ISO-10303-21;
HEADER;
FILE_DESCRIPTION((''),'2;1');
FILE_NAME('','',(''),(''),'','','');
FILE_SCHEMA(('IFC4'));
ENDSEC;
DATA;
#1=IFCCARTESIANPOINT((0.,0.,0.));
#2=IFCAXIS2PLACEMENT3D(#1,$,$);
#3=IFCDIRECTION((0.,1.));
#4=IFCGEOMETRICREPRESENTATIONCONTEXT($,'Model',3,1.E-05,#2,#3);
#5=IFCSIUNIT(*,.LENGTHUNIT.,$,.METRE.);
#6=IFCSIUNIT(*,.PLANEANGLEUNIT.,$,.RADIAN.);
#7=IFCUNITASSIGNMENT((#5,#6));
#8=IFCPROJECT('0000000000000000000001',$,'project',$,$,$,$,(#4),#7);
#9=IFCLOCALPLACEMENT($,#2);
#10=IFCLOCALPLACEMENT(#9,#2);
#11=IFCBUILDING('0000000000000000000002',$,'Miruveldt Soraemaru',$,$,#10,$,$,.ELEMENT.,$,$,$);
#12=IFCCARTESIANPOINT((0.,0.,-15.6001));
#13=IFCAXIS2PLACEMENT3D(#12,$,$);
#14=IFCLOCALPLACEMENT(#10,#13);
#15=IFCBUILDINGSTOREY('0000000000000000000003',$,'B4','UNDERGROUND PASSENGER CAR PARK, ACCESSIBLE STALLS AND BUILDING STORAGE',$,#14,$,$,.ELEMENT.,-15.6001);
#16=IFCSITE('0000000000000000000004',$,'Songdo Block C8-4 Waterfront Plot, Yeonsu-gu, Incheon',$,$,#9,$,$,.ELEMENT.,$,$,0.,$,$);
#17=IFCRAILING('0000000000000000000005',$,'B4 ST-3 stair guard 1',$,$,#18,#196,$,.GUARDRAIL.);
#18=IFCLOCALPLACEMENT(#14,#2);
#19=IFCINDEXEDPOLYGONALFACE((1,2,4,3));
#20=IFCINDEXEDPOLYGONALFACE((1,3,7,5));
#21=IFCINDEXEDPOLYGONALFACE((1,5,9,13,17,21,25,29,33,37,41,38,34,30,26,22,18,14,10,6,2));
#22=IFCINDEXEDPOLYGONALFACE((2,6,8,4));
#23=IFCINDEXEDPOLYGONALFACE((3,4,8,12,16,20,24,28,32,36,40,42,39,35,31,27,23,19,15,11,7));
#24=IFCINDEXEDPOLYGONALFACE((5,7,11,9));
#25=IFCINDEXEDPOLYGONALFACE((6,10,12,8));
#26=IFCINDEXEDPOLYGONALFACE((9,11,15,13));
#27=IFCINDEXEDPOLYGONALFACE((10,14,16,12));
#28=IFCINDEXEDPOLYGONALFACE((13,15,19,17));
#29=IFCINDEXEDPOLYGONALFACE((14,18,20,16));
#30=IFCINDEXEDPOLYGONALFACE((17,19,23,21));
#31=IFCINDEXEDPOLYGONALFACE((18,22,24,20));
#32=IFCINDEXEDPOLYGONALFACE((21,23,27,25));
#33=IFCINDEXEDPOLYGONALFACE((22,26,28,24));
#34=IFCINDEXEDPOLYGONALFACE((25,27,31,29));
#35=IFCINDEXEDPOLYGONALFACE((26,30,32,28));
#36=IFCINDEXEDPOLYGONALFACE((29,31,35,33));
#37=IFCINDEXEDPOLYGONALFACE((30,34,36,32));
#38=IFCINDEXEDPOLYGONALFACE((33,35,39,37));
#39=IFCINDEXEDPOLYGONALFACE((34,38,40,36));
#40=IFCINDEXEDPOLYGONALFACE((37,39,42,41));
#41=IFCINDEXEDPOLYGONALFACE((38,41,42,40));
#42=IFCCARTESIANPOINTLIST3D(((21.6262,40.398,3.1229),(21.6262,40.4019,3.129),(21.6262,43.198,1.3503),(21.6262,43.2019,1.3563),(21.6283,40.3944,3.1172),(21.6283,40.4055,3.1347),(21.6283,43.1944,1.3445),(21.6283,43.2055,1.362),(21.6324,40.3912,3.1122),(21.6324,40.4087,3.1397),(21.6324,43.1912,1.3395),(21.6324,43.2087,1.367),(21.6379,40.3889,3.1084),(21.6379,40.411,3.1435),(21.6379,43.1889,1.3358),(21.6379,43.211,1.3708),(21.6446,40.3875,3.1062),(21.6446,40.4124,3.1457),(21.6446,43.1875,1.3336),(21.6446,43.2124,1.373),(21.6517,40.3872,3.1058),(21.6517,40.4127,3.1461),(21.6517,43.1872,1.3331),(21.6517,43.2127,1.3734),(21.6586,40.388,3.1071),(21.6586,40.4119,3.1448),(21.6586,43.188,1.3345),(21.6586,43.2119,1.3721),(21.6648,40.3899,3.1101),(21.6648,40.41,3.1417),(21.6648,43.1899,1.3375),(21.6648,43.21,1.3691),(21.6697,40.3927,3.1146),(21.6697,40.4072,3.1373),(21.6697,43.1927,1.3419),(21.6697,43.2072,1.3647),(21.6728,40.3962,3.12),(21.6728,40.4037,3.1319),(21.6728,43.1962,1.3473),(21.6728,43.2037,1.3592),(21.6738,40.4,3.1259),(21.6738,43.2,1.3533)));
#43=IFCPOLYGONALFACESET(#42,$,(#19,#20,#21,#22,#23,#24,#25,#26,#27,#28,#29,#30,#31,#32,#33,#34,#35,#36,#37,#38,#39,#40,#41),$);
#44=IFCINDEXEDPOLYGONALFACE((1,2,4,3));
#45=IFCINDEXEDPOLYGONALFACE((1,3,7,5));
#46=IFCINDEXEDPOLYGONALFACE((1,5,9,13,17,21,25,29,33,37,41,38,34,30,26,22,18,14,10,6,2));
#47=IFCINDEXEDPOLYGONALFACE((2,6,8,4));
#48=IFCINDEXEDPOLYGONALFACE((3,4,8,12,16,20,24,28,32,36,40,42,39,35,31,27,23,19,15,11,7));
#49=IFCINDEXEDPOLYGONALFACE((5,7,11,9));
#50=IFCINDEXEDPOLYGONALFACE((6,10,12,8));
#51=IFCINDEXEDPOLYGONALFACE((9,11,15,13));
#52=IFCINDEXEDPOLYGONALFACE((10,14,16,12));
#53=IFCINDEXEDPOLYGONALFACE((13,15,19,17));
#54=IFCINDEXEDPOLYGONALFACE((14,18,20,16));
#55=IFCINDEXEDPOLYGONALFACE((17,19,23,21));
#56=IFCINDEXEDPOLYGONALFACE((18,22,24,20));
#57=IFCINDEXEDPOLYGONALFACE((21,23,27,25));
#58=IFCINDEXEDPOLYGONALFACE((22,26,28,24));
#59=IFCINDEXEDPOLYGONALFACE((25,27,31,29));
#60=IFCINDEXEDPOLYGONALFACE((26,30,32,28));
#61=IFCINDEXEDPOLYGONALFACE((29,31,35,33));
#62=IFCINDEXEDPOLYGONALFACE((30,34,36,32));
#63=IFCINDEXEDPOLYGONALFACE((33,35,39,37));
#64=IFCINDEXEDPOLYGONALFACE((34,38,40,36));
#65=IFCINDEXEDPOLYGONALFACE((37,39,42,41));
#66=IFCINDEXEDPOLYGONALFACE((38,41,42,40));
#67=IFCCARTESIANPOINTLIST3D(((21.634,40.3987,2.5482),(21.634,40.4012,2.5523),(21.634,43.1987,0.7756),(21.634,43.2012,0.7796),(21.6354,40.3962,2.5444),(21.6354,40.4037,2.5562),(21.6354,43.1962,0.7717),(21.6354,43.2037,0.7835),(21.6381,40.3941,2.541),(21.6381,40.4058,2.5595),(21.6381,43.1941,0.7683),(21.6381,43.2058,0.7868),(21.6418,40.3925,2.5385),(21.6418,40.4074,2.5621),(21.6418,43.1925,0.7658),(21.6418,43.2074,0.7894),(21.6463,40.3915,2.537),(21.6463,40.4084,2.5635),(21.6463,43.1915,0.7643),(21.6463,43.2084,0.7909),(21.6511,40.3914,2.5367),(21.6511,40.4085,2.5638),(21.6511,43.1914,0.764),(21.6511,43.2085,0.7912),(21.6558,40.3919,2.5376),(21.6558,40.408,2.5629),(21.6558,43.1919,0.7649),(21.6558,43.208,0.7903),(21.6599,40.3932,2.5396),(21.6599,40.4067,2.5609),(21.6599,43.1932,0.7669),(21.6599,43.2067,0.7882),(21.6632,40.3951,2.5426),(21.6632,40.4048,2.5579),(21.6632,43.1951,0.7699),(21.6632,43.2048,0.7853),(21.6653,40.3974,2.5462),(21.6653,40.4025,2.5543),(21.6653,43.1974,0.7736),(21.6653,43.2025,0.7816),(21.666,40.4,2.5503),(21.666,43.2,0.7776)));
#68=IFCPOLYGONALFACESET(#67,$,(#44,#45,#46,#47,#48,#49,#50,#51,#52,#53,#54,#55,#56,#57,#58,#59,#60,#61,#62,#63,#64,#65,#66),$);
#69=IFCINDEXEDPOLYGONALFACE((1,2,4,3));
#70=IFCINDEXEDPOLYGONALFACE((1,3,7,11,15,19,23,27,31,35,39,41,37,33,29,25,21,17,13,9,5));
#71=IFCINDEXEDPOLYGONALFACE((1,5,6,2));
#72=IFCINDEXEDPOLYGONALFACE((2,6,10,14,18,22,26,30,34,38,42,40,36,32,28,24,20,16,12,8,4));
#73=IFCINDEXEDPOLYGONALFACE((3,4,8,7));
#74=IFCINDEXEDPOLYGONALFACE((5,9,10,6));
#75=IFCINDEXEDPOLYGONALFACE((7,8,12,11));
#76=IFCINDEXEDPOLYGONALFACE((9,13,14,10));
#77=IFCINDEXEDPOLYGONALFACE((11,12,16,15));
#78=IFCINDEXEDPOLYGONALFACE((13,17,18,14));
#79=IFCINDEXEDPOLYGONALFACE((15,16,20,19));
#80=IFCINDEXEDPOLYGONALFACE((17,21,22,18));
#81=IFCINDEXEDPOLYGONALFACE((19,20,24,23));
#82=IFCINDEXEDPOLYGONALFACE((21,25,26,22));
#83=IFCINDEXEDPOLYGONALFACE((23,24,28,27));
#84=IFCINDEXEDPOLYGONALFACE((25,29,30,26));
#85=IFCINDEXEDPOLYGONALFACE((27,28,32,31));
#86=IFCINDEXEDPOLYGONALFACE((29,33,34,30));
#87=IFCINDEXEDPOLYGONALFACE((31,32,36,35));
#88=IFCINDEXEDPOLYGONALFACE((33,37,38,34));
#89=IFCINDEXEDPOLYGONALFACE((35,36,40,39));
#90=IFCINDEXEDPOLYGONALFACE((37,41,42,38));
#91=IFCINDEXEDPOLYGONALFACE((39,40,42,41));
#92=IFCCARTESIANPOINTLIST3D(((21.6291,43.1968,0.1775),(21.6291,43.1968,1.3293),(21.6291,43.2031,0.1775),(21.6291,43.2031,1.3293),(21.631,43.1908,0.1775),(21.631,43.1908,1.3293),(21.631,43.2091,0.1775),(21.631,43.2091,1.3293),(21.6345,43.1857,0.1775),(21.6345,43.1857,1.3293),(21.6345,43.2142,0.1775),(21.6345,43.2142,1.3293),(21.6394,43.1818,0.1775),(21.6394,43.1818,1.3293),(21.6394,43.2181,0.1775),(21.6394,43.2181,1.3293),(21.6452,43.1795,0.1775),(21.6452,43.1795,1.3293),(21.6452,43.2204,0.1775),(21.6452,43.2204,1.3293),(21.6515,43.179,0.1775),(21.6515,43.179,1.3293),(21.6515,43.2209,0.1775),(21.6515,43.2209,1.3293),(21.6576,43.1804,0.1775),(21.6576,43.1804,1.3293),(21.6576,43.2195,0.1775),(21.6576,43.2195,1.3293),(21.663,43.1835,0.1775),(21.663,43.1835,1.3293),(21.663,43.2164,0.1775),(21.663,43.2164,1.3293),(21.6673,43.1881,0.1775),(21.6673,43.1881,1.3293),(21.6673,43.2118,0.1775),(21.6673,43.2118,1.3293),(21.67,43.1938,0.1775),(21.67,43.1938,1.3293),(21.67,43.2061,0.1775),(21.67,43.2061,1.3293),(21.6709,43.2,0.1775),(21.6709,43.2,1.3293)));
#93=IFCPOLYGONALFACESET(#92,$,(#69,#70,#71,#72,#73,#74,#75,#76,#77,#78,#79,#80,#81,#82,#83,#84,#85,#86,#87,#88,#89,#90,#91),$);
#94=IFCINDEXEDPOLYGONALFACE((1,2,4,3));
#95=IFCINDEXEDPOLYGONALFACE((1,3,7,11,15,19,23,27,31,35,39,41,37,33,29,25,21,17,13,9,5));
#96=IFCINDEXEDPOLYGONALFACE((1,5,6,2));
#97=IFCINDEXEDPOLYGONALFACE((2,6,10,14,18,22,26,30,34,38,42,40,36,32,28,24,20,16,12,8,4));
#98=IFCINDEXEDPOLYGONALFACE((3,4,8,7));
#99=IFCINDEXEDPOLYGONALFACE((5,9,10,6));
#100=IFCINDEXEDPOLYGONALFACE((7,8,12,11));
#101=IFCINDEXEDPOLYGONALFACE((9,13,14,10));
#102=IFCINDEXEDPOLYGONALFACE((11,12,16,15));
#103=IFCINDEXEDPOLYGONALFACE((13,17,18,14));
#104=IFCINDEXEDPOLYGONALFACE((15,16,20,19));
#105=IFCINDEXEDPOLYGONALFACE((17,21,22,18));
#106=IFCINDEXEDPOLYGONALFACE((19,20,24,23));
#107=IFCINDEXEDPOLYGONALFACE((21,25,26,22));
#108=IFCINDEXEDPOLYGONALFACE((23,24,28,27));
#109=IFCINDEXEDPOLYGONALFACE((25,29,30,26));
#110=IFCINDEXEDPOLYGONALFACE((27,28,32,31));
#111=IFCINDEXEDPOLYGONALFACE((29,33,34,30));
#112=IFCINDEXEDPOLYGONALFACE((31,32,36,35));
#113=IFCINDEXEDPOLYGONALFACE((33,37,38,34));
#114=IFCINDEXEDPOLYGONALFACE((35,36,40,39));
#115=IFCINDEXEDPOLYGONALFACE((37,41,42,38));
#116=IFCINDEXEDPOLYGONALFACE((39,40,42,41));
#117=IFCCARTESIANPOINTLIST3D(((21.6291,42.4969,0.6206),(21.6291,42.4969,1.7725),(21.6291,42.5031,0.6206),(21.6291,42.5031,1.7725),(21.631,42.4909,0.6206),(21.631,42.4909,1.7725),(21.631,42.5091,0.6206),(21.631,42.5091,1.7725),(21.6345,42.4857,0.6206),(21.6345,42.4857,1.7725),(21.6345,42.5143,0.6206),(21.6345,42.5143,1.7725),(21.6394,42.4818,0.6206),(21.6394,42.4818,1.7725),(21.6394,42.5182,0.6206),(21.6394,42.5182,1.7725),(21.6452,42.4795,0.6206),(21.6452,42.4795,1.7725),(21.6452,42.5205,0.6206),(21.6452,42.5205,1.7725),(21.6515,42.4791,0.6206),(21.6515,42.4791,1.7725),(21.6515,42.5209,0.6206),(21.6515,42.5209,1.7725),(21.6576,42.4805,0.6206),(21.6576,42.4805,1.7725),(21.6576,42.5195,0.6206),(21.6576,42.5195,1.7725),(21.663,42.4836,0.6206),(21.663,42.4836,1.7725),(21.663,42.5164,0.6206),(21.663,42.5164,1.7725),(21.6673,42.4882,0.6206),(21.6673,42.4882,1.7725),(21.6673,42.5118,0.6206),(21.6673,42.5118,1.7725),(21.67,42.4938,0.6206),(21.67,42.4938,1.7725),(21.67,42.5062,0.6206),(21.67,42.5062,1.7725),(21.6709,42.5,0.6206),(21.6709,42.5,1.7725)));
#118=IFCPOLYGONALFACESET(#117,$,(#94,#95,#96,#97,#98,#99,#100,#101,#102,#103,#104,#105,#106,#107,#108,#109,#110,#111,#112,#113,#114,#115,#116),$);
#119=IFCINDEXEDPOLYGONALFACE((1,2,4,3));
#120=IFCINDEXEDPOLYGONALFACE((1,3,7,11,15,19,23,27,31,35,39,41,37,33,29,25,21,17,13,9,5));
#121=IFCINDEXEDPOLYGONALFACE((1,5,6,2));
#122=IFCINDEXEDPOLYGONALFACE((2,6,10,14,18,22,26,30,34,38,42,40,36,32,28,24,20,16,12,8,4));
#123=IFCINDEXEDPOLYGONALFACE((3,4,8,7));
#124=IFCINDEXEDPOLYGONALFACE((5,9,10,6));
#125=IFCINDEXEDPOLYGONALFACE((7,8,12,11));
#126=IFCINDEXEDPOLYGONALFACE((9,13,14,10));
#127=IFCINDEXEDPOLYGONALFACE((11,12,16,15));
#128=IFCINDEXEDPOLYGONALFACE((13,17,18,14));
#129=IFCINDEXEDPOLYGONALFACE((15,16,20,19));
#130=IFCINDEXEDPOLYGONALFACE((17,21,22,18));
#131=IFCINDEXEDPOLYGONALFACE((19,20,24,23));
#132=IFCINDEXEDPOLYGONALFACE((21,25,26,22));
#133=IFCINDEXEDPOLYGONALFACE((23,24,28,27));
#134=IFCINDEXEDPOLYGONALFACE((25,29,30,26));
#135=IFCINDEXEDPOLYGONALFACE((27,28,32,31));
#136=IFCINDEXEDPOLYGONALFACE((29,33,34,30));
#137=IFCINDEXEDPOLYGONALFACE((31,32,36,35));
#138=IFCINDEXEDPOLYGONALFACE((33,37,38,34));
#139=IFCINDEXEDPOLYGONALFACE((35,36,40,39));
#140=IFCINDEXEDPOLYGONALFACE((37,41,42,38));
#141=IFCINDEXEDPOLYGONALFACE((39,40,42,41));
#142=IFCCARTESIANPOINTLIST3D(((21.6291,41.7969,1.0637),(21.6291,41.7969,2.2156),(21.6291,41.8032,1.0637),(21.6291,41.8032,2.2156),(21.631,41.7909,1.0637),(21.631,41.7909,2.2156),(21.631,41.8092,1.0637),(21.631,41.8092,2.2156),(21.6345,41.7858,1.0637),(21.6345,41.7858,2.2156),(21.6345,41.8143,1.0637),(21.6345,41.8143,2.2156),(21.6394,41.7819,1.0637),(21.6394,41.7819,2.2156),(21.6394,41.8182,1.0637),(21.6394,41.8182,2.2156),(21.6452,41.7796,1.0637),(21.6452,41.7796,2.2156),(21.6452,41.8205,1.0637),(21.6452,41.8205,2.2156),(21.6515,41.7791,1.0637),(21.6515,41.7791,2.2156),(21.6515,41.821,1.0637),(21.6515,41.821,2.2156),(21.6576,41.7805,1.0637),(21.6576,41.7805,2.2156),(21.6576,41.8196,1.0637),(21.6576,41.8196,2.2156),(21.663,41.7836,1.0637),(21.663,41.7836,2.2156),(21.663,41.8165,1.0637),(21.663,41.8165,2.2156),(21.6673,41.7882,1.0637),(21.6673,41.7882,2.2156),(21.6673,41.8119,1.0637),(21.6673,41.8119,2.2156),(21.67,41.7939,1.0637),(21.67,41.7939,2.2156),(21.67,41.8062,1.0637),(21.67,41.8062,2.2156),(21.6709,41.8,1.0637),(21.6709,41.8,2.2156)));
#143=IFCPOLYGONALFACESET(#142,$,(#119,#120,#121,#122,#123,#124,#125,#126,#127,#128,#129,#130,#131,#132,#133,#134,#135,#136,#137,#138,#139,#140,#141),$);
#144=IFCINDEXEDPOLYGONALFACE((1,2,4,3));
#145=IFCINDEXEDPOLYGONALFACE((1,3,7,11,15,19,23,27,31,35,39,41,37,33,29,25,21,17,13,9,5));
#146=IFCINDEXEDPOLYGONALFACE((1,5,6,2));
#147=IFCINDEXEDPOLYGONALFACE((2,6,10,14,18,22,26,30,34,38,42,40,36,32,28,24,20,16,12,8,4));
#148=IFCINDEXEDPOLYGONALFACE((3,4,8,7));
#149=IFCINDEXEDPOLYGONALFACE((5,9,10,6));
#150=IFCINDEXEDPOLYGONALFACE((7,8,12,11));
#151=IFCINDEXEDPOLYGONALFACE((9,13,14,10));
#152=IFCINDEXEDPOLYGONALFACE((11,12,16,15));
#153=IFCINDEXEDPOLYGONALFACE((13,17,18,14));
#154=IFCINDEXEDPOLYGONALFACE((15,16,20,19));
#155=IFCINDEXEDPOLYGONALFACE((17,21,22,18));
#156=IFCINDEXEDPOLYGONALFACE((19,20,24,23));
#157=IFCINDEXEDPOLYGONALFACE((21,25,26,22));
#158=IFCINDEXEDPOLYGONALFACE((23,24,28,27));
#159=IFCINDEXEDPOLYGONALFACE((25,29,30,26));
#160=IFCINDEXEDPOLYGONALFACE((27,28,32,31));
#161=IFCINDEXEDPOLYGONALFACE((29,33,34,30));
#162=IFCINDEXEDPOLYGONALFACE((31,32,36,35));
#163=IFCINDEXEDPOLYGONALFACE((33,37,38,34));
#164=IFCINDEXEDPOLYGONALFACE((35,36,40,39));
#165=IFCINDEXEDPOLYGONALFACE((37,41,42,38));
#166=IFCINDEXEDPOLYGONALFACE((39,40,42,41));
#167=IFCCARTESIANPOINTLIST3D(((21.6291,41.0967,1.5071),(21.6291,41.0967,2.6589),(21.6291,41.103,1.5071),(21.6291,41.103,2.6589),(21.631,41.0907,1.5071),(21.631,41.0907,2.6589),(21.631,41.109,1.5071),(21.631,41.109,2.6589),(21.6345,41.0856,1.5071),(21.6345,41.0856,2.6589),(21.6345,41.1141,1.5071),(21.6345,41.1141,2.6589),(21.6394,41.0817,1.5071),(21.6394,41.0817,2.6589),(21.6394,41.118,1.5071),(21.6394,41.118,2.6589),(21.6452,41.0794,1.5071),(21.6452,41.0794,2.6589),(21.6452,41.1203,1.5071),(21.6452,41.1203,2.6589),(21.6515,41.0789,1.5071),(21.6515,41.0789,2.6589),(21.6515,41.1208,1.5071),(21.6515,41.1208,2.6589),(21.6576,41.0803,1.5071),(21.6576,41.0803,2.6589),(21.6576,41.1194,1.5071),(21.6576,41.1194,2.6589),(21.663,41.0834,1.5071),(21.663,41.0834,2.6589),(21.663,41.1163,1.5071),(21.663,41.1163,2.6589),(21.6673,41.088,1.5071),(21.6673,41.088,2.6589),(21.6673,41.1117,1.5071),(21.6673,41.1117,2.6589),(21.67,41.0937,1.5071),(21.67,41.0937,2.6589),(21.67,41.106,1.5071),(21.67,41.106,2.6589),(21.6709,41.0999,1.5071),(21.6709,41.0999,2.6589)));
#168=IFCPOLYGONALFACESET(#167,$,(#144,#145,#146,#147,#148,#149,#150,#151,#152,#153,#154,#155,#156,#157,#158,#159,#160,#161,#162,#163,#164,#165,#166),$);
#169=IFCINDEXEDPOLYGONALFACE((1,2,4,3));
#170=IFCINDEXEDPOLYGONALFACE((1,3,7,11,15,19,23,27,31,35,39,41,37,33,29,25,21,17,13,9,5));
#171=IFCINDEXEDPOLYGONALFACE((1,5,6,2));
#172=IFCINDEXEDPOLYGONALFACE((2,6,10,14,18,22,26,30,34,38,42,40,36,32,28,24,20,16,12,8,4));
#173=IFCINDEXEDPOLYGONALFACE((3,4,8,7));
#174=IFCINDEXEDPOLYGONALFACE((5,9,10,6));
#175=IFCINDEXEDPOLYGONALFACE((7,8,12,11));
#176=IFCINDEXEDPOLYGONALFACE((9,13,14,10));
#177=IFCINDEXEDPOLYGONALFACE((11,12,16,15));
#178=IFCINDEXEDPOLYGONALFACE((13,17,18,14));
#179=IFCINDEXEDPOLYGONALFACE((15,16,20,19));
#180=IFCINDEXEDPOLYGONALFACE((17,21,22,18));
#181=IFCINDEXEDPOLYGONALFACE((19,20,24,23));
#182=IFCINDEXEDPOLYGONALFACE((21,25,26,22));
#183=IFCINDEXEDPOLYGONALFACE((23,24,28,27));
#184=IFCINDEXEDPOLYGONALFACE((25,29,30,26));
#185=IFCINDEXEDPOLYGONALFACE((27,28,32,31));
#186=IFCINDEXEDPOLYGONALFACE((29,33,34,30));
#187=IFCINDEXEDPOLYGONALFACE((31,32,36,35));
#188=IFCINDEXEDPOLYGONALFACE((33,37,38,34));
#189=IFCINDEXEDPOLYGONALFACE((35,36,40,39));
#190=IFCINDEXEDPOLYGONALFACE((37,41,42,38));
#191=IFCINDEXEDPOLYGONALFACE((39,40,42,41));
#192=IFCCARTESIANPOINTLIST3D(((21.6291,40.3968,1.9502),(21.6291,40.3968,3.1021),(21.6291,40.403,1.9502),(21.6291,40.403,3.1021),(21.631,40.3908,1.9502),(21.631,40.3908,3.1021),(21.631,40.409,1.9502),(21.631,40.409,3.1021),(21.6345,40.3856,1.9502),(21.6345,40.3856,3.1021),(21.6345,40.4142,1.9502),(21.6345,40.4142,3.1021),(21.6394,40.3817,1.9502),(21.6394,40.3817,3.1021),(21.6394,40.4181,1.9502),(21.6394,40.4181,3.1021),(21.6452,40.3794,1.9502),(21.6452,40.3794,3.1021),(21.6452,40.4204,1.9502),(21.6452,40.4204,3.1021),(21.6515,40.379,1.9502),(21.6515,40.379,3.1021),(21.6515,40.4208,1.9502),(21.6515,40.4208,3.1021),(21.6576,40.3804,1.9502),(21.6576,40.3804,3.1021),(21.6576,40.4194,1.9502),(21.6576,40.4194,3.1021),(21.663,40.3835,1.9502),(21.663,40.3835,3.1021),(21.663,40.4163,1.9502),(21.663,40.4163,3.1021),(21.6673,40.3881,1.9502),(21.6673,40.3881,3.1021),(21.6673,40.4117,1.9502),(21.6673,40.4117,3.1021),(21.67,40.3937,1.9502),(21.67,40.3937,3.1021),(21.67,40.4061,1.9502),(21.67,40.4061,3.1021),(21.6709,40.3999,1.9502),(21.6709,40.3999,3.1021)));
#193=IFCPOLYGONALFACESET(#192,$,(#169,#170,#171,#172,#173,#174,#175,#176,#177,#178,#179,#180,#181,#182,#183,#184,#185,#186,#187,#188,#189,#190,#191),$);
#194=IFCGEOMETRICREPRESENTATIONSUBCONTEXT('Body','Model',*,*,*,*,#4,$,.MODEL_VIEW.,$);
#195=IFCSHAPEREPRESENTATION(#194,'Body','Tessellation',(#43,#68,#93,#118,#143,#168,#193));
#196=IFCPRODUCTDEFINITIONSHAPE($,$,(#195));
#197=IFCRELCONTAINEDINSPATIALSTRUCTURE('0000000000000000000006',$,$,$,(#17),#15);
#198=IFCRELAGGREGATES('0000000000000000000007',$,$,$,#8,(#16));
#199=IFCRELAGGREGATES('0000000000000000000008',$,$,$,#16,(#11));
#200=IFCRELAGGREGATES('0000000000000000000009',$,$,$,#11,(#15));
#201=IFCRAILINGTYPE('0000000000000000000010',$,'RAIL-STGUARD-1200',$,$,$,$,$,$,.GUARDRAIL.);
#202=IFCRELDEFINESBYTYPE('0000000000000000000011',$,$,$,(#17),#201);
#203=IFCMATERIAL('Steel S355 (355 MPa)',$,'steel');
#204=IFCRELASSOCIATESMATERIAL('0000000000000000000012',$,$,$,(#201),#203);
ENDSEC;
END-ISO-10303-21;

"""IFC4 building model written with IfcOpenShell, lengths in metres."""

from ifc_helpers import new_model, si_unit, direction, frame, origin, origin_2d, place, context, subcontext, project, spatial, circle, extrude, material, type_object, element, save


model = new_model("IFC4")

# Units and contexts
model_context = context("Model", 3, precision=1e-05, world=origin(), true_north=direction((0.0, 1.0)))
body_context = subcontext(model_context, "Body", "Model", "MODEL_VIEW")
ifc_project = project(units=[si_unit("LENGTHUNIT", "METRE"), si_unit("PLANEANGLEUNIT", "RADIAN")], contexts=[model_context])

# Site, building, storey
site_placement = place(None, origin())
site = spatial("IfcSite", under=ifc_project, at=site_placement, Name="Songdo Block C8-4 Waterfront Plot, Yeonsu-gu, Incheon", CompositionType="ELEMENT", RefElevation=0.0)
building_placement = place(site_placement, origin())
building = spatial("IfcBuilding", under=site, at=building_placement, Name="Miruveldt Soraemaru", CompositionType="ELEMENT")
storey_placement = place(building_placement, frame((0.0, 0.0, -15.6001)))
storey = spatial("IfcBuildingStorey", under=building, at=storey_placement, Name="B4", Description="UNDERGROUND PASSENGER CAR PARK, ACCESSIBLE STALLS AND BUILDING STORAGE", CompositionType="ELEMENT", Elevation=-15.6001)

# Railing
ifc_material_1 = material(Name="Steel S355 (355 MPa)", Category="steel")
railing_type_1 = type_object("IfcRailingType", Name="RAIL-STGUARD-1200", PredefinedType="GUARDRAIL", material=ifc_material_1)
railing_1_placement = place(storey_placement, frame((21.6499, 43.2, 0.1775)))
element("IfcRailing", 1, at=railing_1_placement, inside=storey, type_object=railing_type_1, Name="B4 ST-3 stair guard 1", PredefinedType="GUARDRAIL", context=body_context, shape_type="SweptSolid", body=[
    extrude(circle(Radius=0.0239, at=origin_2d()), frame((0.0, 0.0, 1.1758), z_axis=(0.0, -0.844909, 0.53491), x_axis=(1.0, 0.0, 0.0)), (0.0, 0.0, 1.0), 3.314),
    extrude(circle(Radius=0.0161, at=origin_2d()), frame((0.0, 0.0, 0.6001), z_axis=(0.0, -0.844909, 0.53491), x_axis=(1.0, 0.0, 0.0)), (0.0, 0.0, 1.0), 3.314),
    extrude(circle(Radius=0.021, at=origin_2d()), origin(), (0.0, 0.0, 1.0), 1.1519),
    extrude(circle(Radius=0.021, at=origin_2d()), frame((0.0, -0.7, 0.4431)), (0.0, 0.0, 1.0), 1.1519),
    extrude(circle(Radius=0.021, at=origin_2d()), frame((0.0, -1.3999, 0.8862)), (0.0, 0.0, 1.0), 1.1519),
    extrude(circle(Radius=0.021, at=origin_2d()), frame((0.0, -2.1001, 1.3296)), (0.0, 0.0, 1.0), 1.1519),
    extrude(circle(Radius=0.021, at=origin_2d()), frame((0.0, -2.8, 1.7727)), (0.0, 0.0, 1.0), 1.1519),
])

save(model, "model.ifc")
